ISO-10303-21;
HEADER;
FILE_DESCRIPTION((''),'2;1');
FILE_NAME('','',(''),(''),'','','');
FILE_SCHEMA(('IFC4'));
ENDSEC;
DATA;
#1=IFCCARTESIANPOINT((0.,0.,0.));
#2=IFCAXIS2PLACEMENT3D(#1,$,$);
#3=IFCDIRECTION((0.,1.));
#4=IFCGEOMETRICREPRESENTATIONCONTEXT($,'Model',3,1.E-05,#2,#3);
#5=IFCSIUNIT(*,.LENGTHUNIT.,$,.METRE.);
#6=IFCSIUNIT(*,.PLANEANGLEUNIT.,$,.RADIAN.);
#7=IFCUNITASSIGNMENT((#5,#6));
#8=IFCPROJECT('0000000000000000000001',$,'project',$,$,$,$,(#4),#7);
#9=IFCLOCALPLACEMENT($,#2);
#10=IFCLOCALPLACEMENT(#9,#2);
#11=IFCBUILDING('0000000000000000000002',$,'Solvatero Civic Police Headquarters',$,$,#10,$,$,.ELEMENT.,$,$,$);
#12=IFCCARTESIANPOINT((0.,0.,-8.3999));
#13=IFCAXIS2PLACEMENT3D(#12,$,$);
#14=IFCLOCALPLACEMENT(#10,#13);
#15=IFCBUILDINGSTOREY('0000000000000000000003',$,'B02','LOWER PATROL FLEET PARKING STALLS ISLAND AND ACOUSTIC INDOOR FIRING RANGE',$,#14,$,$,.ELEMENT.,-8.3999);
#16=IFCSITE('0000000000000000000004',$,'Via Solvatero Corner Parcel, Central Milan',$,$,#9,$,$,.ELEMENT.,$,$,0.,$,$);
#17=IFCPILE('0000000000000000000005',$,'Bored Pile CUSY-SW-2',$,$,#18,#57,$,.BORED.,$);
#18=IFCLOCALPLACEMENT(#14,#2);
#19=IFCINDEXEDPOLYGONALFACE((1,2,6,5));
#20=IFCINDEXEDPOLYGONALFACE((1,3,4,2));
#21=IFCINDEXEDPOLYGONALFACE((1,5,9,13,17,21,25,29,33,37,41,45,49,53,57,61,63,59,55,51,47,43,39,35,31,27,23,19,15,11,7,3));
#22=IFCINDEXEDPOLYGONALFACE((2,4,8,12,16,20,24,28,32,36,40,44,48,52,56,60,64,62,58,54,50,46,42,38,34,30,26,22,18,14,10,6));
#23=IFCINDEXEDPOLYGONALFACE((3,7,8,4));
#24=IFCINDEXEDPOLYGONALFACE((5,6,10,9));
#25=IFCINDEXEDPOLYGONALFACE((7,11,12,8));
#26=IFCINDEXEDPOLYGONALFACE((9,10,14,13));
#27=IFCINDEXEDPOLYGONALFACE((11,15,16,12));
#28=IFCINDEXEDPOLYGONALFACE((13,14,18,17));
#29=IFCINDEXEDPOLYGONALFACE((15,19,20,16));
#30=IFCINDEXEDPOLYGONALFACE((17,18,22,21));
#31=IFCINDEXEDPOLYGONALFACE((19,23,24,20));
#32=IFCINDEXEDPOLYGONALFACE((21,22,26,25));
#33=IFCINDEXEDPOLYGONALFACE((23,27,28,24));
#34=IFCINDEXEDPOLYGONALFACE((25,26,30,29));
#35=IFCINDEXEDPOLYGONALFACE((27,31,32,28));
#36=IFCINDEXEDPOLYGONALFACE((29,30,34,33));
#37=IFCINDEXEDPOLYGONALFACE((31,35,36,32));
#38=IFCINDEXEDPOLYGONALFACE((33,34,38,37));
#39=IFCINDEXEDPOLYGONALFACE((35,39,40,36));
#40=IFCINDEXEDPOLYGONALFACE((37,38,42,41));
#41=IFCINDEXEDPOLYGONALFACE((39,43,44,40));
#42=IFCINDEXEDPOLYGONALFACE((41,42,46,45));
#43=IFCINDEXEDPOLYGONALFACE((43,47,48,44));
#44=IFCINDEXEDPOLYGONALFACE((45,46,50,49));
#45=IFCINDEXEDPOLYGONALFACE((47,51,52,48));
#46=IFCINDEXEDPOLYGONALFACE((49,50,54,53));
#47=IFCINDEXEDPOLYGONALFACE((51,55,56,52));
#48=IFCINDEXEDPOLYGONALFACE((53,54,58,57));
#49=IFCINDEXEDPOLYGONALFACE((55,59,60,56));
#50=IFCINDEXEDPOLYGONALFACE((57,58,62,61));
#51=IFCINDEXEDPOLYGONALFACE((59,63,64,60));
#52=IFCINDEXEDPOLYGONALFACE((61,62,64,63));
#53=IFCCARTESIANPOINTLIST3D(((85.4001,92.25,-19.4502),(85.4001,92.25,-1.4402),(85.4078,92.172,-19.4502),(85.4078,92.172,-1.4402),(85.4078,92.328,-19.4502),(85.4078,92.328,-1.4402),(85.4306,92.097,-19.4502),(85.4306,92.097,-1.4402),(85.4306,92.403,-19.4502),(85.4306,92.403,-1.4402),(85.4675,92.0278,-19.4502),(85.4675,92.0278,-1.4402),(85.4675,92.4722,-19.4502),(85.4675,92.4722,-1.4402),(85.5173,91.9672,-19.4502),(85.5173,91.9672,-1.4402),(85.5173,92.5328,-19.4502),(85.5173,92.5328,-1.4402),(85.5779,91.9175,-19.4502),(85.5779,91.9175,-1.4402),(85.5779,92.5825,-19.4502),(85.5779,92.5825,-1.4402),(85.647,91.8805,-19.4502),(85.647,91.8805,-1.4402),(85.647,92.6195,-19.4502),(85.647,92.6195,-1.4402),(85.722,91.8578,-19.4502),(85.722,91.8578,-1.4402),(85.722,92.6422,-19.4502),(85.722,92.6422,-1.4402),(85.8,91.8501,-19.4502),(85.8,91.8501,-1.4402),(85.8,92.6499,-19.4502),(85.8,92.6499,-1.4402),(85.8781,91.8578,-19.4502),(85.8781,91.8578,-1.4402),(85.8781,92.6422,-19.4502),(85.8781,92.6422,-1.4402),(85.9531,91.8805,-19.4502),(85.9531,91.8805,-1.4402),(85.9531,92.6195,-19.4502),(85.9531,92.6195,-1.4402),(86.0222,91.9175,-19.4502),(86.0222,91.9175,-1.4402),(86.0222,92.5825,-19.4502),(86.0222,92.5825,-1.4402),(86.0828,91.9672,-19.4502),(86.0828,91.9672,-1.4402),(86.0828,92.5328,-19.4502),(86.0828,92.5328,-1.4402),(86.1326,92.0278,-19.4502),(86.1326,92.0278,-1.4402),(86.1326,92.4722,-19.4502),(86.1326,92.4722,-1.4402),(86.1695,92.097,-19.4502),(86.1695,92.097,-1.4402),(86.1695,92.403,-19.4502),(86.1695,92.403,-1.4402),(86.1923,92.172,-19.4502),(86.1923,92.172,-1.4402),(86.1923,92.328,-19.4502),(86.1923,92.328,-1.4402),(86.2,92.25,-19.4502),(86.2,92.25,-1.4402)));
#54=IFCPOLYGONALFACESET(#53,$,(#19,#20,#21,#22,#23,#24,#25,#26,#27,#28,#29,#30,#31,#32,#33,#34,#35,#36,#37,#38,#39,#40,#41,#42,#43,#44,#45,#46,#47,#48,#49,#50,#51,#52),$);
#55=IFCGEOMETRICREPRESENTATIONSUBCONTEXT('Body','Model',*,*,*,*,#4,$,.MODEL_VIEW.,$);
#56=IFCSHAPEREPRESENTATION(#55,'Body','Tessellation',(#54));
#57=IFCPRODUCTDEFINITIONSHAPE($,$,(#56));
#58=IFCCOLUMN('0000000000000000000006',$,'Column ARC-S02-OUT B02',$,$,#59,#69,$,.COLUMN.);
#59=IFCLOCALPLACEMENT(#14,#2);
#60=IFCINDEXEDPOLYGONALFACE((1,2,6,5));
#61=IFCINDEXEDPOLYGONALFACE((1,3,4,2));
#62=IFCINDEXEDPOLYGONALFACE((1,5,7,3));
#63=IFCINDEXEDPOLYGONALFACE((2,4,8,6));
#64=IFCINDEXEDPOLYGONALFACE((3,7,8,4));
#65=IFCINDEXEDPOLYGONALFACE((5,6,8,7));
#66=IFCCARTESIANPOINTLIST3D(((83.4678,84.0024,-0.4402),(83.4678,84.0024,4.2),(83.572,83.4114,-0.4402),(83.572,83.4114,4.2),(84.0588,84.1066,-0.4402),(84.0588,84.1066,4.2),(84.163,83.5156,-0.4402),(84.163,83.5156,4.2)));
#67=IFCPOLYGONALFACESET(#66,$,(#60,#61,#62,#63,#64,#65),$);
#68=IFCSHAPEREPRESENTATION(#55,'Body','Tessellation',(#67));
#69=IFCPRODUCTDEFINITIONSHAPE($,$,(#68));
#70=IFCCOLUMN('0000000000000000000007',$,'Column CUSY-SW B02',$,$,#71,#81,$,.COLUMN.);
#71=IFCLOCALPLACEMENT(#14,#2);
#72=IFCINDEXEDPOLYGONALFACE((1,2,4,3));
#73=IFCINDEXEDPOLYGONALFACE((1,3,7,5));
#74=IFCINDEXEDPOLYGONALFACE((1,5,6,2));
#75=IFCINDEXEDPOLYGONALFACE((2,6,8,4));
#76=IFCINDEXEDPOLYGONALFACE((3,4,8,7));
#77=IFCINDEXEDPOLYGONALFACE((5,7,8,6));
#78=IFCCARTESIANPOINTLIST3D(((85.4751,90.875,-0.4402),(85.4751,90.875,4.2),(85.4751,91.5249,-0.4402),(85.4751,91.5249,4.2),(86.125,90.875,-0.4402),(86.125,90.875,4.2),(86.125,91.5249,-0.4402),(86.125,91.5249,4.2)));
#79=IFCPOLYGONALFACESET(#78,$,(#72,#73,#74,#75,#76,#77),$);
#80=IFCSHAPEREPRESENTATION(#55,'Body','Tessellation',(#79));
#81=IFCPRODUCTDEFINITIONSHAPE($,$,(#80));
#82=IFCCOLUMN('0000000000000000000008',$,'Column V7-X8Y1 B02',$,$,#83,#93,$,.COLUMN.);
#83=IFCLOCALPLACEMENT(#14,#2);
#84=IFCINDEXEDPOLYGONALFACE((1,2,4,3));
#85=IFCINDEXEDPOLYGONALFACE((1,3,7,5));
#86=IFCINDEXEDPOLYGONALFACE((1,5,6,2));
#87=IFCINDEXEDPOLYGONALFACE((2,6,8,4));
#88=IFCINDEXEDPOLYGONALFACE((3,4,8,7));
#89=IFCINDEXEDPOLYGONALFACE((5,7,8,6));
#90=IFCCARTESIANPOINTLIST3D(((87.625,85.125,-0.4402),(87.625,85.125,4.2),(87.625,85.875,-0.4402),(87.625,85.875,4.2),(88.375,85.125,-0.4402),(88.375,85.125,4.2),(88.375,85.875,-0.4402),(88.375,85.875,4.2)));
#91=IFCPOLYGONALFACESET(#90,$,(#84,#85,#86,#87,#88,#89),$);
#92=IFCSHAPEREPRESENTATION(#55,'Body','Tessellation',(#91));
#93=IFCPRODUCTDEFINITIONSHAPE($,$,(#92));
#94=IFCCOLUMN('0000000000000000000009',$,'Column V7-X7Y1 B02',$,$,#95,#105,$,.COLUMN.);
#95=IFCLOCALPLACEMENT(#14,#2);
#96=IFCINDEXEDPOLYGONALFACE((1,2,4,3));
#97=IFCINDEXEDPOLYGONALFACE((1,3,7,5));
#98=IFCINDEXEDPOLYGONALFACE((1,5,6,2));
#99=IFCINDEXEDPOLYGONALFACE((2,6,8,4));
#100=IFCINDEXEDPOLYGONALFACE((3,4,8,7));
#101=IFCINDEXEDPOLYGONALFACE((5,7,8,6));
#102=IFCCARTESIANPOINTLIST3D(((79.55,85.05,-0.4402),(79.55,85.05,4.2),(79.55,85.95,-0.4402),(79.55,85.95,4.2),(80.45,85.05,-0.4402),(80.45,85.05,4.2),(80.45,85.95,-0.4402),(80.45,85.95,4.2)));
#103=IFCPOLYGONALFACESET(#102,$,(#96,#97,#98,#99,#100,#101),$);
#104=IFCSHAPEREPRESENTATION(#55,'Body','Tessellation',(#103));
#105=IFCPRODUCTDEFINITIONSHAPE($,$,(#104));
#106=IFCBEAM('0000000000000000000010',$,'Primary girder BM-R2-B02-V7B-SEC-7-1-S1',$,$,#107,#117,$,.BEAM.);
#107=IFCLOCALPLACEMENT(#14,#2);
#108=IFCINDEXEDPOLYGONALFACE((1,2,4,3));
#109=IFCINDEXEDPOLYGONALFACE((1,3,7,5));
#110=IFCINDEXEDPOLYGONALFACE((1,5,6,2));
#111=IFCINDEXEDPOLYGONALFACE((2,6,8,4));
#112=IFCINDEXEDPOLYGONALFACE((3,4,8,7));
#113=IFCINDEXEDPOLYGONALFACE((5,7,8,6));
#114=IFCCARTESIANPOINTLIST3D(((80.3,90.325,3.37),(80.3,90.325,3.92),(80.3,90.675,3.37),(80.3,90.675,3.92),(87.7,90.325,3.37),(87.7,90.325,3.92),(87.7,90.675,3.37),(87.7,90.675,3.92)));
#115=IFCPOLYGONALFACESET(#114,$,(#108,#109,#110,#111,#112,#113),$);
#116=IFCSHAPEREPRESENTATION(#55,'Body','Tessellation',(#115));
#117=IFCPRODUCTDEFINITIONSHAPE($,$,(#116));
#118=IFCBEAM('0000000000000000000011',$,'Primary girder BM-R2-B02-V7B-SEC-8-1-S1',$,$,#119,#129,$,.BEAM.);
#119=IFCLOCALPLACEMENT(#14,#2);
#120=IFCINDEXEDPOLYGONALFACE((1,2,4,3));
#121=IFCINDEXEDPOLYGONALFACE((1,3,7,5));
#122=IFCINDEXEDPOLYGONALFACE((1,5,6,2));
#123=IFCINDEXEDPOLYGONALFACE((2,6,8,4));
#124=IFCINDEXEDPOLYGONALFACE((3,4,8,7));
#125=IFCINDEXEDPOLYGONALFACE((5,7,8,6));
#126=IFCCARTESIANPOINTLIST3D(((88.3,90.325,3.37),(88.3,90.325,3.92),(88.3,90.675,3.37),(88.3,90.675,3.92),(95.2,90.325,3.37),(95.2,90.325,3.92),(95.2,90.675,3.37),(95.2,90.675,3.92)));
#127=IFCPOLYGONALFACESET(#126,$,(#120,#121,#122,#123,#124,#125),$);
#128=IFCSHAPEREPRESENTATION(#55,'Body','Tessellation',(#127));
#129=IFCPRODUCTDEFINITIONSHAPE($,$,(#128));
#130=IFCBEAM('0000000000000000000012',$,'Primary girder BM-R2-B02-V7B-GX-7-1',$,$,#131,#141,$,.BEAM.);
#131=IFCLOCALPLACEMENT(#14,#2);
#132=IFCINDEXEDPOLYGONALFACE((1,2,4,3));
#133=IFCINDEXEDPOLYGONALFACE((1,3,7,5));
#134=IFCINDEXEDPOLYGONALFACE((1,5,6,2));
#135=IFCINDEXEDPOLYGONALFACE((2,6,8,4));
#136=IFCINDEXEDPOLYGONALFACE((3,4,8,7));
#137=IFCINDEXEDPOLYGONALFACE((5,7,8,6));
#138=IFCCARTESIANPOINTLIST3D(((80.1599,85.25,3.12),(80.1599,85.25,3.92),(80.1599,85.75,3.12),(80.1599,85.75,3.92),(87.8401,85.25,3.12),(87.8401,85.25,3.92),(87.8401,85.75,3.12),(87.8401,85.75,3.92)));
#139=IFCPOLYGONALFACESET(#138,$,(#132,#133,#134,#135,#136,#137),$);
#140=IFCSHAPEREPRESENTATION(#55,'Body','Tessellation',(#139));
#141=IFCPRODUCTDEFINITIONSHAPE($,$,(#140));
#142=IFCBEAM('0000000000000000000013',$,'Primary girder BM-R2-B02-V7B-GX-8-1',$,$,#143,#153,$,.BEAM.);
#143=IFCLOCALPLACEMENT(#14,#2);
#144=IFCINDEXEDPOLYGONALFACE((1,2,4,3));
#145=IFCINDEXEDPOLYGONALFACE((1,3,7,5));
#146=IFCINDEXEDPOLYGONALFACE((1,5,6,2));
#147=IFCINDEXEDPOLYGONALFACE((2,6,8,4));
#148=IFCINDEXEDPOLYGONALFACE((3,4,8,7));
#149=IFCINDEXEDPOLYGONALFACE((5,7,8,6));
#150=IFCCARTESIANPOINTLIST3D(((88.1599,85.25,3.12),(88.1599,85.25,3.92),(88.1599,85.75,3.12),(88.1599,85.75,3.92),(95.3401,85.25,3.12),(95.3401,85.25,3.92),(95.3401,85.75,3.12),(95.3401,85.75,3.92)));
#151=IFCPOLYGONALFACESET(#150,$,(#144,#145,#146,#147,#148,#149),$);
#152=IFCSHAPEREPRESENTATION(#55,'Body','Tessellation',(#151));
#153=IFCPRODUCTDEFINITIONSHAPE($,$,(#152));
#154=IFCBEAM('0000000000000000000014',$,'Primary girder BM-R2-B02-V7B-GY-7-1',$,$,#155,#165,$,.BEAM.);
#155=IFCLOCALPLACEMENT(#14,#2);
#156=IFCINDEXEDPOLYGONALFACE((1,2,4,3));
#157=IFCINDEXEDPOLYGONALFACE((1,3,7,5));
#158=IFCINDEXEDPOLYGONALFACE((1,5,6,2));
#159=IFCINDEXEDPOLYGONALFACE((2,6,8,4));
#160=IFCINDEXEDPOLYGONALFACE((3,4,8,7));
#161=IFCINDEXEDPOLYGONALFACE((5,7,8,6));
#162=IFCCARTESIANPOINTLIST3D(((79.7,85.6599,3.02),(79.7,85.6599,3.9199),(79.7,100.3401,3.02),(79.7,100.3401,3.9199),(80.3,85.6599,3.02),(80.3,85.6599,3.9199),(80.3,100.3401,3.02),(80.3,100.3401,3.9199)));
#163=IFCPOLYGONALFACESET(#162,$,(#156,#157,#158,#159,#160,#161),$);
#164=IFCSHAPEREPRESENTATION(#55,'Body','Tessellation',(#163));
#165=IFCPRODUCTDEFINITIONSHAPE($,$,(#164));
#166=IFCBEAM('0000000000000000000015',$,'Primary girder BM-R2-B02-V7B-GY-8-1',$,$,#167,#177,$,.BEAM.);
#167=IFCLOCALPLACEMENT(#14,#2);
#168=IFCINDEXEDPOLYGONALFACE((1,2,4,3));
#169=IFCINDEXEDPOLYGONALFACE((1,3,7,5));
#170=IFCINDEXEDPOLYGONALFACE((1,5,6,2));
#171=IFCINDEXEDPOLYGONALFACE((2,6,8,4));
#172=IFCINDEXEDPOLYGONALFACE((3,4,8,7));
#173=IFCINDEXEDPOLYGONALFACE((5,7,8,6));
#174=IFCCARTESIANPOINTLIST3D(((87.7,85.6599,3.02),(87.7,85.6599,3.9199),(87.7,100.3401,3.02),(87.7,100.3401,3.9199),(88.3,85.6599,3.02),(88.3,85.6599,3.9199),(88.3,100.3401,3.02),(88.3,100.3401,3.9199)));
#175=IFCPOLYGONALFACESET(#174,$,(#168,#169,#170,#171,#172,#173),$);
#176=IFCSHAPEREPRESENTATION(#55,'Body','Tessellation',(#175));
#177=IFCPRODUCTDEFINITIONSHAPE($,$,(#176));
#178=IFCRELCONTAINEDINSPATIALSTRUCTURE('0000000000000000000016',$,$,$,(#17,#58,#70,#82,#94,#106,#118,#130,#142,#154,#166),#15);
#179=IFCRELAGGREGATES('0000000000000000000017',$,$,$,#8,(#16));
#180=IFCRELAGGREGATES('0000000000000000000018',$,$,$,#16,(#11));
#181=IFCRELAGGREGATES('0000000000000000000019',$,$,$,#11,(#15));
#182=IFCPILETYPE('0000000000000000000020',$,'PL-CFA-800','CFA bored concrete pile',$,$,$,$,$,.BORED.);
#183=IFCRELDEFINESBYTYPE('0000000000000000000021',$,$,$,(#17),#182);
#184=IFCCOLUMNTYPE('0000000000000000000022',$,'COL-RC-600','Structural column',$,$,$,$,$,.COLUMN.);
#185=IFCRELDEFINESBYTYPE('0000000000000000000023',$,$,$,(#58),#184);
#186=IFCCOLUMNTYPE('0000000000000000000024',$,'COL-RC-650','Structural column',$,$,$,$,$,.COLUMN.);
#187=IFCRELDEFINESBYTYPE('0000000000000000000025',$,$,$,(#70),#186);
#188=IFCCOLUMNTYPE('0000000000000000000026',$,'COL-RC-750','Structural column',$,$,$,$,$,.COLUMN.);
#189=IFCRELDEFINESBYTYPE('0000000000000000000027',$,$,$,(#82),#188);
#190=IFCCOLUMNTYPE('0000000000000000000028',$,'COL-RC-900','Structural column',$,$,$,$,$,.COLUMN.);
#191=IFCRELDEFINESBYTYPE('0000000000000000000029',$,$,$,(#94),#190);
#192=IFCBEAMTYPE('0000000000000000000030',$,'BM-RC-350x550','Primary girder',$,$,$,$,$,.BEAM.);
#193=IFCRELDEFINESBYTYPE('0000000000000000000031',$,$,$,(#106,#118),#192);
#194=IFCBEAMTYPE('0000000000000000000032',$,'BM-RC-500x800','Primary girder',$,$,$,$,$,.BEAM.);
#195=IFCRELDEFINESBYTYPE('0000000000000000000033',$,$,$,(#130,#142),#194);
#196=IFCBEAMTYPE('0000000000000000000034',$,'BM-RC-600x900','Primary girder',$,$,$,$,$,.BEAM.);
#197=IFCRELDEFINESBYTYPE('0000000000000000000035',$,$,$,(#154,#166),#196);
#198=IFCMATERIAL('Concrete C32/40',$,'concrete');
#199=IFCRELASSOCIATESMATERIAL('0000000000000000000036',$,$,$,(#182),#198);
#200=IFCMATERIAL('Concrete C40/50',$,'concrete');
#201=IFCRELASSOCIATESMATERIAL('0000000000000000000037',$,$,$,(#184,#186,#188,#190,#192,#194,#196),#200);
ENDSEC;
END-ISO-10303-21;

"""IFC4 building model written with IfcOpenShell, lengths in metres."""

from ifc_helpers import new_model, si_unit, direction, frame, origin, origin_2d, place, context, subcontext, project, spatial, rectangle, circle, extrude, material, material_profile, profile_set, type_object, element, save


model = new_model("IFC4")

# Units and contexts
model_context = context("Model", 3, precision=1e-05, world=origin(), true_north=direction((0.0, 1.0)))
body_context = subcontext(model_context, "Body", "Model", "MODEL_VIEW")
ifc_project = project(units=[si_unit("LENGTHUNIT", "METRE"), si_unit("PLANEANGLEUNIT", "RADIAN")], contexts=[model_context])

# Site, building, storey
site_placement = place(None, origin())
site = spatial("IfcSite", under=ifc_project, at=site_placement, Name="Via Solvatero Corner Parcel, Central Milan", CompositionType="ELEMENT", RefElevation=0.0)
building_placement = place(site_placement, origin())
building = spatial("IfcBuilding", under=site, at=building_placement, Name="Solvatero Civic Police Headquarters", CompositionType="ELEMENT")
storey_placement = place(building_placement, frame((0.0, 0.0, -8.3999)))
storey = spatial("IfcBuildingStorey", under=building, at=storey_placement, Name="B02", Description="LOWER PATROL FLEET PARKING STALLS ISLAND AND ACOUSTIC INDOOR FIRING RANGE", CompositionType="ELEMENT", Elevation=-8.3999)

# Pile
ifc_material_1 = material(Name="Concrete C32/40", Category="concrete")
ifc_material_profile_1 = material_profile(ifc_material_1, circle(Radius=0.3999, at=origin_2d()), Name="CFA PILE D800")
ifc_profile_set_1 = profile_set([ifc_material_profile_1], Name="Concrete C32/40")
pile_type_1 = type_object("IfcPileType", Name="PL-CFA-800", Description="CFA bored concrete pile", PredefinedType="BORED", material=ifc_profile_set_1)
for number, where, z_axis, x_axis, name in (
    (1, (85.8, 92.25, -1.4402), (0.0, 0.0, -1.0), (1.0, 0.0, 0.0), "Bored Pile CUSY-SW-2"),
):
    element("IfcPile", number, at=place(storey_placement, frame(where, z_axis=z_axis, x_axis=x_axis)), inside=storey, type_object=pile_type_1, Name=name, PredefinedType="BORED", context=body_context, shape_type="SweptSolid", body=[
        extrude(circle(Radius=0.3999, at=origin_2d()), origin(), (0.0, 0.0, 1.0), 18.01),
    ])

# Columns
ifc_material_2 = material(Name="Concrete C40/50", Category="concrete")
ifc_material_profile_2 = material_profile(ifc_material_2, rectangle(XDim=0.6001, YDim=0.6001, at=origin_2d()), Name="RC 600x600")
ifc_profile_set_2 = profile_set([ifc_material_profile_2], Name="Concrete C40/50")
column_type_1 = type_object("IfcColumnType", Name="COL-RC-600", Description="Structural column", PredefinedType="COLUMN", material=ifc_profile_set_2)
column_1_placement = place(storey_placement, frame((83.8154, 83.759, -0.4402), z_axis=(0.0, 0.0, 1.0), x_axis=(0.984808, 0.173648, 0.0)))
element("IfcColumn", 2, at=column_1_placement, inside=storey, type_object=column_type_1, Name="Column ARC-S02-OUT B02", PredefinedType="COLUMN", context=body_context, shape_type="SweptSolid", body=[
    extrude(rectangle(XDim=0.6001, YDim=0.6001, at=origin_2d()), origin(), (0.0, 0.0, 1.0), 4.6401),
])
ifc_material_profile_3 = material_profile(ifc_material_2, rectangle(XDim=0.6499, YDim=0.6499, at=origin_2d()), Name="RC 650x650")
ifc_profile_set_3 = profile_set([ifc_material_profile_3], Name="Concrete C40/50")
column_type_2 = type_object("IfcColumnType", Name="COL-RC-650", Description="Structural column", PredefinedType="COLUMN", material=ifc_profile_set_3)
column_2_placement = place(storey_placement, frame((85.8, 91.2, -0.4402), z_axis=(0.0, 0.0, 1.0), x_axis=(1.0, 0.0, 0.0)))
element("IfcColumn", 3, at=column_2_placement, inside=storey, type_object=column_type_2, Name="Column CUSY-SW B02", PredefinedType="COLUMN", context=body_context, shape_type="SweptSolid", body=[
    extrude(rectangle(XDim=0.6499, YDim=0.6499, at=origin_2d()), origin(), (0.0, 0.0, 1.0), 4.6401),
])
ifc_material_profile_4 = material_profile(ifc_material_2, rectangle(XDim=0.75, YDim=0.75, at=origin_2d()), Name="RC 750x750")
ifc_profile_set_4 = profile_set([ifc_material_profile_4], Name="Concrete C40/50")
column_type_3 = type_object("IfcColumnType", Name="COL-RC-750", Description="Structural column", PredefinedType="COLUMN", material=ifc_profile_set_4)
column_3_placement = place(storey_placement, frame((88.0, 85.5, -0.4402), z_axis=(0.0, 0.0, 1.0), x_axis=(1.0, 0.0, 0.0)))
element("IfcColumn", 4, at=column_3_placement, inside=storey, type_object=column_type_3, Name="Column V7-X8Y1 B02", PredefinedType="COLUMN", context=body_context, shape_type="SweptSolid", body=[
    extrude(rectangle(XDim=0.75, YDim=0.75, at=origin_2d()), origin(), (0.0, 0.0, 1.0), 4.6401),
])
ifc_material_profile_5 = material_profile(ifc_material_2, rectangle(XDim=0.8999, YDim=0.8999, at=origin_2d()), Name="RC 900x900")
ifc_profile_set_5 = profile_set([ifc_material_profile_5], Name="Concrete C40/50")
column_type_4 = type_object("IfcColumnType", Name="COL-RC-900", Description="Structural column", PredefinedType="COLUMN", material=ifc_profile_set_5)
column_4_placement = place(storey_placement, frame((80.0, 85.5, -0.4402), z_axis=(0.0, 0.0, 1.0), x_axis=(1.0, 0.0, 0.0)))
element("IfcColumn", 5, at=column_4_placement, inside=storey, type_object=column_type_4, Name="Column V7-X7Y1 B02", PredefinedType="COLUMN", context=body_context, shape_type="SweptSolid", body=[
    extrude(rectangle(XDim=0.8999, YDim=0.8999, at=origin_2d()), origin(), (0.0, 0.0, 1.0), 4.6401),
])

# Beams
ifc_material_profile_6 = material_profile(ifc_material_2, rectangle(XDim=0.3501, YDim=0.55, at=origin_2d()), Name="RC 350x550")
ifc_profile_set_6 = profile_set([ifc_material_profile_6], Name="Concrete C40/50")
beam_type_1 = type_object("IfcBeamType", Name="BM-RC-350x550", Description="Primary girder", PredefinedType="BEAM", material=ifc_profile_set_6)
beam_1_placement = place(storey_placement, frame((80.3, 90.5, 3.645), z_axis=(1.0, 0.0, 0.0), x_axis=(0.0, 1.0, 0.0)))
element("IfcBeam", 6, at=beam_1_placement, inside=storey, type_object=beam_type_1, Name="Primary girder BM-R2-B02-V7B-SEC-7-1-S1", PredefinedType="BEAM", context=body_context, shape_type="SweptSolid", body=[
    extrude(rectangle(XDim=0.3501, YDim=0.55, at=origin_2d()), origin(), (0.0, 0.0, 1.0), 7.3999),
])
beam_2_placement = place(storey_placement, frame((88.3, 90.5, 3.645), z_axis=(1.0, 0.0, 0.0), x_axis=(0.0, 1.0, 0.0)))
element("IfcBeam", 7, at=beam_2_placement, inside=storey, type_object=beam_type_1, Name="Primary girder BM-R2-B02-V7B-SEC-8-1-S1", PredefinedType="BEAM", context=body_context, shape_type="SweptSolid", body=[
    extrude(rectangle(XDim=0.3501, YDim=0.55, at=origin_2d()), origin(), (0.0, 0.0, 1.0), 6.8999),
])
ifc_material_profile_7 = material_profile(ifc_material_2, rectangle(XDim=0.5, YDim=0.8, at=origin_2d()), Name="RC 500x800")
ifc_profile_set_7 = profile_set([ifc_material_profile_7], Name="Concrete C40/50")
beam_type_2 = type_object("IfcBeamType", Name="BM-RC-500x800", Description="Primary girder", PredefinedType="BEAM", material=ifc_profile_set_7)
beam_3_placement = place(storey_placement, frame((80.1599, 85.5, 3.52), z_axis=(1.0, 0.0, 0.0), x_axis=(0.0, 1.0, 0.0)))
element("IfcBeam", 8, at=beam_3_placement, inside=storey, type_object=beam_type_2, Name="Primary girder BM-R2-B02-V7B-GX-7-1", PredefinedType="BEAM", context=body_context, shape_type="SweptSolid", body=[
    extrude(rectangle(XDim=0.5, YDim=0.8, at=origin_2d()), origin(), (0.0, 0.0, 1.0), 7.6802),
])
beam_4_placement = place(storey_placement, frame((88.1599, 85.5, 3.52), z_axis=(1.0, 0.0, 0.0), x_axis=(0.0, 1.0, 0.0)))
element("IfcBeam", 9, at=beam_4_placement, inside=storey, type_object=beam_type_2, Name="Primary girder BM-R2-B02-V7B-GX-8-1", PredefinedType="BEAM", context=body_context, shape_type="SweptSolid", body=[
    extrude(rectangle(XDim=0.5, YDim=0.8, at=origin_2d()), origin(), (0.0, 0.0, 1.0), 7.1802),
])
ifc_material_profile_8 = material_profile(ifc_material_2, rectangle(XDim=0.6001, YDim=0.8999, at=origin_2d()), Name="RC 600x900")
ifc_profile_set_8 = profile_set([ifc_material_profile_8], Name="Concrete C40/50")
beam_type_3 = type_object("IfcBeamType", Name="BM-RC-600x900", Description="Primary girder", PredefinedType="BEAM", material=ifc_profile_set_8)
for number, where, z_axis, x_axis, name in (
    (10, (80.0, 85.6599, 3.47), (0.0, 1.0, 0.0), (-1.0, 0.0, 0.0), "Primary girder BM-R2-B02-V7B-GY-7-1"),
    (11, (88.0, 85.6599, 3.47), (0.0, 1.0, 0.0), (-1.0, 0.0, 0.0), "Primary girder BM-R2-B02-V7B-GY-8-1"),
):
    element("IfcBeam", number, at=place(storey_placement, frame(where, z_axis=z_axis, x_axis=x_axis)), inside=storey, type_object=beam_type_3, Name=name, PredefinedType="BEAM", context=body_context, shape_type="SweptSolid", body=[
        extrude(rectangle(XDim=0.6001, YDim=0.8999, at=origin_2d()), origin(), (0.0, 0.0, 1.0), 14.6802),
    ])

save(model, "model.ifc")
